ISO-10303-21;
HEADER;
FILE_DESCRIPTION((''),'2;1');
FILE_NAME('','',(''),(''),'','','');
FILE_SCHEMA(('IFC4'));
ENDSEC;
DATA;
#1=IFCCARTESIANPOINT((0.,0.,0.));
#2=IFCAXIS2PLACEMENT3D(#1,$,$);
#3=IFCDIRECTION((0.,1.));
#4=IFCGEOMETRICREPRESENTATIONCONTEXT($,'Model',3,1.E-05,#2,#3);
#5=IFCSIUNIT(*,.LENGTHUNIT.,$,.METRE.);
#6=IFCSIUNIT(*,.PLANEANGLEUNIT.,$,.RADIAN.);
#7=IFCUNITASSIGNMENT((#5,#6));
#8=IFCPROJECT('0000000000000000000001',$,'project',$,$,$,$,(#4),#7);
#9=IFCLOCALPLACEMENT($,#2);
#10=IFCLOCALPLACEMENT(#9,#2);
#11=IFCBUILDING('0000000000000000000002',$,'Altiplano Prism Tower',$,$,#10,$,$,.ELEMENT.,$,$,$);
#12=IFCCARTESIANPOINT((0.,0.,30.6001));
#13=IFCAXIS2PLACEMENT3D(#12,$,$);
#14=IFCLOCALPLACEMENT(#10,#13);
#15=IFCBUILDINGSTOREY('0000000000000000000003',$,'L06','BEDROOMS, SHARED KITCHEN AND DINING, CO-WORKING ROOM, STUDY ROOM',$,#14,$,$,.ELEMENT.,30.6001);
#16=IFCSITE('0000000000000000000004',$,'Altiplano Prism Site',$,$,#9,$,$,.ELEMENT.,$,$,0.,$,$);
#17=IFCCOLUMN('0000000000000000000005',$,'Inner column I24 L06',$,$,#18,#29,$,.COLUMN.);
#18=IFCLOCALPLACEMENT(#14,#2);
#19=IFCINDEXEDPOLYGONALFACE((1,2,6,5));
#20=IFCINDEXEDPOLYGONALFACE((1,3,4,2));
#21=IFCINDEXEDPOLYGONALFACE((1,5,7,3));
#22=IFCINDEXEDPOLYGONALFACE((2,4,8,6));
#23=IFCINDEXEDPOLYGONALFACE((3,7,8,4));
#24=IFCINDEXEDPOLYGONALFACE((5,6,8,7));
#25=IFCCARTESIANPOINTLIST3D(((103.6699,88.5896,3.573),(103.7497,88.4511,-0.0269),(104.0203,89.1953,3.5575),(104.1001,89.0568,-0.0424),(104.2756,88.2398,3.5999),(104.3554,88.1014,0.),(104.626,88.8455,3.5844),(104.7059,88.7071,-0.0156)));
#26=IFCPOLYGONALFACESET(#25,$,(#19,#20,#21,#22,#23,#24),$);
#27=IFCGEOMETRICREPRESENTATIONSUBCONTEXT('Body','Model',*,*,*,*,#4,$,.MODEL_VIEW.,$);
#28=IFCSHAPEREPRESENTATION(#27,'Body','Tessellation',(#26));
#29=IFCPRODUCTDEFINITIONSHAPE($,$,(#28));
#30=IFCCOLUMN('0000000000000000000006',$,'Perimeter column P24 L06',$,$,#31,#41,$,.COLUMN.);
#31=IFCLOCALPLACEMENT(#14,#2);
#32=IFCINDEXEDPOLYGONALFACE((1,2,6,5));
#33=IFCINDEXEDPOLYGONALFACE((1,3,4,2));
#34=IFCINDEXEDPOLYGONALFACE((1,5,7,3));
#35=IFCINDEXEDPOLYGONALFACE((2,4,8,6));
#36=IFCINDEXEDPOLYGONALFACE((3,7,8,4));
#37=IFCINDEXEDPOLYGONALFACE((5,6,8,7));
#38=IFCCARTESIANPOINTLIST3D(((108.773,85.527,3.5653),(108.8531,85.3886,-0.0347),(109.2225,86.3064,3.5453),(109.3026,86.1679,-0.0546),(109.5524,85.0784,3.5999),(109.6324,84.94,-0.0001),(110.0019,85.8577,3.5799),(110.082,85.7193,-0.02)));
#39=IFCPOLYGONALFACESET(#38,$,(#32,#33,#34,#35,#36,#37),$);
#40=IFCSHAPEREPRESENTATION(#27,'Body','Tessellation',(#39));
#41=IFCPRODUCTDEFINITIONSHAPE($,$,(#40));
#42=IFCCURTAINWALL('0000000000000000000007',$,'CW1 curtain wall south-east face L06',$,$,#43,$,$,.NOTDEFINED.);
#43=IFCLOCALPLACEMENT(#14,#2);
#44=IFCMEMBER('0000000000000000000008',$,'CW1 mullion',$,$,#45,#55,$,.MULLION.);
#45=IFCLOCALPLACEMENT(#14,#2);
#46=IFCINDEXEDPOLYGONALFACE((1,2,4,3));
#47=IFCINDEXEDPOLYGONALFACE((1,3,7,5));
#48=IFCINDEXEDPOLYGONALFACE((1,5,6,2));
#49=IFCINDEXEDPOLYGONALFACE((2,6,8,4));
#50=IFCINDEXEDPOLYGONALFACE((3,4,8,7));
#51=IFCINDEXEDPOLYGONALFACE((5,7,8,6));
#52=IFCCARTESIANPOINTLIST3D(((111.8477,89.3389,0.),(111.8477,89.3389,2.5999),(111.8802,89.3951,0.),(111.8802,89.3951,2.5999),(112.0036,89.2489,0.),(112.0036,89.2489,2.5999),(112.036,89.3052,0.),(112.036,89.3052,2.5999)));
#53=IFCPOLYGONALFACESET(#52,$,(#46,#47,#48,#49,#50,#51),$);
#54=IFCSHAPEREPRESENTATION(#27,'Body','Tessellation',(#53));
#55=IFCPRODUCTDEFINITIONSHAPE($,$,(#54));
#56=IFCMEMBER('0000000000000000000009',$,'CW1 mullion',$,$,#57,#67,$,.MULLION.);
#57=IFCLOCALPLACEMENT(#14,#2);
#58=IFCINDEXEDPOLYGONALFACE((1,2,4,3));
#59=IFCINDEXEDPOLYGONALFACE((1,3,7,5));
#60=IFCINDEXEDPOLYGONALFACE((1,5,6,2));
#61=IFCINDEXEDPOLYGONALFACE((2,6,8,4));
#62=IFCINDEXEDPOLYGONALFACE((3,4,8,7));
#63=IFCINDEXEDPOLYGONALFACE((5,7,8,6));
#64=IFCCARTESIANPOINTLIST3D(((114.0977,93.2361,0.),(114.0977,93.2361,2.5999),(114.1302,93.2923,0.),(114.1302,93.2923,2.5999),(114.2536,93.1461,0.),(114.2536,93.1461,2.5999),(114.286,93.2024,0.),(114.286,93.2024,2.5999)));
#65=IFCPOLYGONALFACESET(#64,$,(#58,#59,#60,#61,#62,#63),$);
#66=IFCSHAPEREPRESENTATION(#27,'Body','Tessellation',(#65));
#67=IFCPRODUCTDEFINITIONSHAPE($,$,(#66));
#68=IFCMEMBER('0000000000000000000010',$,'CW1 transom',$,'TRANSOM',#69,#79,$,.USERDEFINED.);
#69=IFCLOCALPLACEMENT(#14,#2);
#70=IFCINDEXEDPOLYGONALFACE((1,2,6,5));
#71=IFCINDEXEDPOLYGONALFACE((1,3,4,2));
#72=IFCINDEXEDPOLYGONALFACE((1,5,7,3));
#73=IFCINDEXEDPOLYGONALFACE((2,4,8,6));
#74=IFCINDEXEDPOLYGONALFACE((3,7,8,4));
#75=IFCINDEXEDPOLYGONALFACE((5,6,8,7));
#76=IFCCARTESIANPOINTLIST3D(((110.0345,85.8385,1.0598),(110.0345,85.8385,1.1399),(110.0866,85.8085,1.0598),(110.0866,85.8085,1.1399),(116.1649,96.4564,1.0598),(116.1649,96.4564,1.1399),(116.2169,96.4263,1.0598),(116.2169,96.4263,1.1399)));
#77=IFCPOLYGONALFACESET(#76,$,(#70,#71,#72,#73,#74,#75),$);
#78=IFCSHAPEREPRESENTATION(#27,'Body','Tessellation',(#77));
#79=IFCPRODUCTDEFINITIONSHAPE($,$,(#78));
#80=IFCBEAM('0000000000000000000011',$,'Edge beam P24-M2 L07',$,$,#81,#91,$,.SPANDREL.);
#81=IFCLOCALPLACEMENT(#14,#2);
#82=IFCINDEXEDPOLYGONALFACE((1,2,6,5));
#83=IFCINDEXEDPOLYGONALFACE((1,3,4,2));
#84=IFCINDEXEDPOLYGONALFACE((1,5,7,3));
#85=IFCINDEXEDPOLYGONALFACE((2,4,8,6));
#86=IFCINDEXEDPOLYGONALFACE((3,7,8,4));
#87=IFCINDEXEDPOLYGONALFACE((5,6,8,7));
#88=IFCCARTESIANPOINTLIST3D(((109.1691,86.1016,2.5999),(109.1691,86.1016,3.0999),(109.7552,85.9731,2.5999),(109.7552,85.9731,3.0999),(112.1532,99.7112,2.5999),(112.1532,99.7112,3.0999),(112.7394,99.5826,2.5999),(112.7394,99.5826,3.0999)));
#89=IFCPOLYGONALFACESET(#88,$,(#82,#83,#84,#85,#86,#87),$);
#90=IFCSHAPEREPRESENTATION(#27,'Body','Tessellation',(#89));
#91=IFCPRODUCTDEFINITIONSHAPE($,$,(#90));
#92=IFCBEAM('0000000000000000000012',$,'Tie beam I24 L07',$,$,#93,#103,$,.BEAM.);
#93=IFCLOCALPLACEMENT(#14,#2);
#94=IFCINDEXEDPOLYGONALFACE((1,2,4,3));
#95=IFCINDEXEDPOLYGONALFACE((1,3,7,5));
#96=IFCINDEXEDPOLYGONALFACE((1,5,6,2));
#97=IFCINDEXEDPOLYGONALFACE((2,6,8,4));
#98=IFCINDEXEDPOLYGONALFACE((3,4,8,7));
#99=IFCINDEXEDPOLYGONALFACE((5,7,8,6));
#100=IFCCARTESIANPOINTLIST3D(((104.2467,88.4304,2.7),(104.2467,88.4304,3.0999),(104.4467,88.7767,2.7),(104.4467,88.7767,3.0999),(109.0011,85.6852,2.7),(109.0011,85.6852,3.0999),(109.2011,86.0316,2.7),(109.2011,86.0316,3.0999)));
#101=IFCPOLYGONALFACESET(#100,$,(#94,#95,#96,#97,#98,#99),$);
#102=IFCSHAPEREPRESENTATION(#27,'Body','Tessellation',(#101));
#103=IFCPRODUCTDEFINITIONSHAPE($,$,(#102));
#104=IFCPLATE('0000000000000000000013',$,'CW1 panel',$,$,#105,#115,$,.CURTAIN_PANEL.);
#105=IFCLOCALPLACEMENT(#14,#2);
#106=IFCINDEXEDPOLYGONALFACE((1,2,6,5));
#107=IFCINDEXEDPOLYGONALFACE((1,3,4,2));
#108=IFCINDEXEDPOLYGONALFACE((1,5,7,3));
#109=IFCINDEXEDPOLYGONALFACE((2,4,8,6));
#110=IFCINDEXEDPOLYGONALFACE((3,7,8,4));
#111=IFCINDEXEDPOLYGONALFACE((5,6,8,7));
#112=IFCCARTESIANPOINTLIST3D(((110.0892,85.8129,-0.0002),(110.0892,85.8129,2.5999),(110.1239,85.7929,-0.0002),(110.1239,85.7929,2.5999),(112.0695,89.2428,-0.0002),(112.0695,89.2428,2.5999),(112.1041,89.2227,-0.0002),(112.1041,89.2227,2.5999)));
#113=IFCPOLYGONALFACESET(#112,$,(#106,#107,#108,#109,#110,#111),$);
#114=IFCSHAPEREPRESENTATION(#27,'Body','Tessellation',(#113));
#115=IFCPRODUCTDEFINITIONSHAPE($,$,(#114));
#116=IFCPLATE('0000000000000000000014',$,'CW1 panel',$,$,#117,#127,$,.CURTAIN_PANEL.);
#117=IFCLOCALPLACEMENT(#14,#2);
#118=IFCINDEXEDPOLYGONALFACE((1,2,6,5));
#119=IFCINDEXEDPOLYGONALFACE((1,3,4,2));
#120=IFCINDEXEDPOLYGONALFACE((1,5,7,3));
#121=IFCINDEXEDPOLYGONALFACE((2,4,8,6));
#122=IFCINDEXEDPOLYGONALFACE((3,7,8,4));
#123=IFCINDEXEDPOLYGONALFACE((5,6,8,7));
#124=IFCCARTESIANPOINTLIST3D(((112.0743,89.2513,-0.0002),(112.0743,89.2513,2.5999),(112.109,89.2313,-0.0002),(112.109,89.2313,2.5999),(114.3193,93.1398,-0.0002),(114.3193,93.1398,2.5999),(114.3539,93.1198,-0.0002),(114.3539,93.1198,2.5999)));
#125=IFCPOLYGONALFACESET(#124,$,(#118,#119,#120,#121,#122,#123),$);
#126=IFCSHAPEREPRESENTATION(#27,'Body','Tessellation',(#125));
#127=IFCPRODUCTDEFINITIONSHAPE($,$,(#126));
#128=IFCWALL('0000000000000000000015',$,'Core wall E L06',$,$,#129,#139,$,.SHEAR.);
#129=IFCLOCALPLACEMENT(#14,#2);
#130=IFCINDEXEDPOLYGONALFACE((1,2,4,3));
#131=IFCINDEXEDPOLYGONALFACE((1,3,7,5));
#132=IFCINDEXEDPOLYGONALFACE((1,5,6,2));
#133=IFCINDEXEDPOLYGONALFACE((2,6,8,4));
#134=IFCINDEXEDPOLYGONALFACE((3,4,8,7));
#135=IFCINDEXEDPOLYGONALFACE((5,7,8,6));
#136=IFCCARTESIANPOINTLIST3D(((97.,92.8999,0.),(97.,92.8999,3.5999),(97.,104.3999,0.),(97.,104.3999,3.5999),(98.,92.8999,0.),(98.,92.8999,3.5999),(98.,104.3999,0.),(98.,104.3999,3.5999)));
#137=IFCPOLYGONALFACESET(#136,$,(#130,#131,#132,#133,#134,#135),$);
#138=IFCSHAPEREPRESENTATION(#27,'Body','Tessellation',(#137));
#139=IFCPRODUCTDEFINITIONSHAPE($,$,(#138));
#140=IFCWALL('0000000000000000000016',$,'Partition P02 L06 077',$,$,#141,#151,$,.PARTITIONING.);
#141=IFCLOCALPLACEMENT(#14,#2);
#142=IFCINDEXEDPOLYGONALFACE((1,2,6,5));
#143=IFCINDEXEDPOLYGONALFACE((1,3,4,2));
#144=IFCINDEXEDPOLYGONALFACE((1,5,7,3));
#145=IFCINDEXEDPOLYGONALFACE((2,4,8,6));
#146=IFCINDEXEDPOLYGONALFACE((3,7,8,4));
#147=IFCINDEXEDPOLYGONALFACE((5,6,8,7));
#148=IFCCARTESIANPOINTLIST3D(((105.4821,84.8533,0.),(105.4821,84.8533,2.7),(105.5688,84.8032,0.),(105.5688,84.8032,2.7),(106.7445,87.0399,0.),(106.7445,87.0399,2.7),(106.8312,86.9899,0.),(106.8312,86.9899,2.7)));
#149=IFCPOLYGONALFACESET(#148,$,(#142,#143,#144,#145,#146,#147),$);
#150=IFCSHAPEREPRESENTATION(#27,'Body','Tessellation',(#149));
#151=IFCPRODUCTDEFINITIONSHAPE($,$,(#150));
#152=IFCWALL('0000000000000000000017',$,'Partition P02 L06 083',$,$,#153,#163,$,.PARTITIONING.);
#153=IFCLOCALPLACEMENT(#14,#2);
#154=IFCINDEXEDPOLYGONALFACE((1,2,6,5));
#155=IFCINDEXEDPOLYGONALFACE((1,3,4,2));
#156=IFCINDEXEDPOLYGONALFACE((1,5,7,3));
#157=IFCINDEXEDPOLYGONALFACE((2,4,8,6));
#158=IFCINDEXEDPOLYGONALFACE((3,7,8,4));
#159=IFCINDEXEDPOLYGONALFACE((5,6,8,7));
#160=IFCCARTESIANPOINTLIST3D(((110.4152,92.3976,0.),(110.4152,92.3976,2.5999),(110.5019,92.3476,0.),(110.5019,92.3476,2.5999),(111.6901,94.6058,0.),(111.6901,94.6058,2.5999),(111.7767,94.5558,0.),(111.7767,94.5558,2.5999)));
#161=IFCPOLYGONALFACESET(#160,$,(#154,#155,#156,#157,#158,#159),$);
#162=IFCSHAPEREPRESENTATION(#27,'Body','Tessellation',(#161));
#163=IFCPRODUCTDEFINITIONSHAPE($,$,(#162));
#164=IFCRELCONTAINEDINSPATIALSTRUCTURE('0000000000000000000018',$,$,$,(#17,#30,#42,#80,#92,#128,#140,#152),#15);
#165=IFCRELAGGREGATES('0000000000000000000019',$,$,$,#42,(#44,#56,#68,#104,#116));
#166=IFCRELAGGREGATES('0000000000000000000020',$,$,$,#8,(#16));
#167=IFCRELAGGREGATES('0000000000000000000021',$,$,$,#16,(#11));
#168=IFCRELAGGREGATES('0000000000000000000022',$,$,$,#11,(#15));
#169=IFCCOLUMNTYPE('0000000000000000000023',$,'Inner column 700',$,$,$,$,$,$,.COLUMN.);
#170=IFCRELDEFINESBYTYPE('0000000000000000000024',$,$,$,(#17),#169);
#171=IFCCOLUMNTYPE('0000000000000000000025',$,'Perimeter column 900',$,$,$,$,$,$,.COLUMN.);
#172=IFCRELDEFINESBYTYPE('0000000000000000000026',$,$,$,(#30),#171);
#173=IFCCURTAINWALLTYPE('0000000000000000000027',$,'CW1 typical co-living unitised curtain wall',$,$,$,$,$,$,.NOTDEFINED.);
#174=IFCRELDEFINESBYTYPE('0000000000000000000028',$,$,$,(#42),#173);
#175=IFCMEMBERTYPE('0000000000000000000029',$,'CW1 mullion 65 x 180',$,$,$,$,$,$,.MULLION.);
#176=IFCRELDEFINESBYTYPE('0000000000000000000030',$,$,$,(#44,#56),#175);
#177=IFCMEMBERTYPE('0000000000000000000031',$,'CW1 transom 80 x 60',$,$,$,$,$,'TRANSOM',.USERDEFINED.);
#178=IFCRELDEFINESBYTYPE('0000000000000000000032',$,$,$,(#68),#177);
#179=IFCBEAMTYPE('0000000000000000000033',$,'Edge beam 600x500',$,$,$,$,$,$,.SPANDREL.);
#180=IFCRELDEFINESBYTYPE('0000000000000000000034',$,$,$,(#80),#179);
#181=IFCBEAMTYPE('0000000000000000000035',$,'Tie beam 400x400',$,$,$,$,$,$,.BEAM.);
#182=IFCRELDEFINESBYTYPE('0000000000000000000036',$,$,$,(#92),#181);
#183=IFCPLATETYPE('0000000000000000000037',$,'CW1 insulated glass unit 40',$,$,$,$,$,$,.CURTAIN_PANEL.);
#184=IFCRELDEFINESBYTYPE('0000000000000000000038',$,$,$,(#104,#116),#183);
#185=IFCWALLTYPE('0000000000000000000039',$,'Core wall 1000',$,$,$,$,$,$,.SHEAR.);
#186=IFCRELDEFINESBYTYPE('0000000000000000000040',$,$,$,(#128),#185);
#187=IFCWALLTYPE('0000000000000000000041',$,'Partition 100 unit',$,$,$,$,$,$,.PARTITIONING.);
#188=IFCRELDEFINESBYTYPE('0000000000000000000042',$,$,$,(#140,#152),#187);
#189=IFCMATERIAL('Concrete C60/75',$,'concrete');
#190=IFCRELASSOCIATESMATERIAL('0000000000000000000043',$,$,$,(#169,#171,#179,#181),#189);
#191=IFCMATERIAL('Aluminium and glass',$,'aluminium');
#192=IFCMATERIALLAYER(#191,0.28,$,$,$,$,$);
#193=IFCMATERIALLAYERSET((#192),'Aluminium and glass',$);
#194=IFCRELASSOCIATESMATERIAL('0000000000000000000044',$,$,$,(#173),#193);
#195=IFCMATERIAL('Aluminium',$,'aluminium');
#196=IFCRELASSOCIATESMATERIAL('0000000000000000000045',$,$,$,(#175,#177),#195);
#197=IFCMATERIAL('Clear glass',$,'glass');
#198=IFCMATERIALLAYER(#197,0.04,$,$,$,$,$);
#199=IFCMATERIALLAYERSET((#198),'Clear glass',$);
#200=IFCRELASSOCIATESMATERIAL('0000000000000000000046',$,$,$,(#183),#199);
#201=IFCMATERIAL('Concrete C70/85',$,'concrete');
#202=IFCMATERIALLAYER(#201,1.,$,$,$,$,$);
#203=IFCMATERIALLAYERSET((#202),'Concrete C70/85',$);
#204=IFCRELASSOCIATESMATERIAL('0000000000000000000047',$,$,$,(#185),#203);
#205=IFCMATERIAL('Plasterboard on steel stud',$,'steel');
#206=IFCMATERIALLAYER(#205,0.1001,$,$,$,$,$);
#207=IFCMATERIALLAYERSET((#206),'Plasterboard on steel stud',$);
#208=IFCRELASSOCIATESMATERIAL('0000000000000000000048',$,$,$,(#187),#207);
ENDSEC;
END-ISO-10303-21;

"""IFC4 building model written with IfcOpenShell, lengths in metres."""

from ifc_helpers import new_model, si_unit, direction, frame, frame_2d, origin, origin_2d, place, context, subcontext, project, spatial, rectangle, extrude, material, layer, layer_set, material_profile, profile_set, type_object, element, aggregate, save


model = new_model("IFC4")

# Units and contexts
model_context = context("Model", 3, precision=1e-05, world=origin(), true_north=direction((0.0, 1.0)))
body_context = subcontext(model_context, "Body", "Model", "MODEL_VIEW")
ifc_project = project(units=[si_unit("LENGTHUNIT", "METRE"), si_unit("PLANEANGLEUNIT", "RADIAN")], contexts=[model_context])

# Site, building, storey
site_placement = place(None, origin())
site = spatial("IfcSite", under=ifc_project, at=site_placement, Name="Altiplano Prism Site", CompositionType="ELEMENT", RefElevation=0.0)
building_placement = place(site_placement, origin())
building = spatial("IfcBuilding", under=site, at=building_placement, Name="Altiplano Prism Tower", CompositionType="ELEMENT")
storey_placement = place(building_placement, frame((0.0, 0.0, 30.6001)))
storey = spatial("IfcBuildingStorey", under=building, at=storey_placement, Name="L06", Description="BEDROOMS, SHARED KITCHEN AND DINING, CO-WORKING ROOM, STUDY ROOM", CompositionType="ELEMENT", Elevation=30.6001)

# Columns
ifc_material_1 = material(Name="Concrete C60/75", Category="concrete")
ifc_material_profile_1 = material_profile(ifc_material_1, rectangle(XDim=0.7, YDim=0.7, at=origin_2d()), Name="Inner column 700")
ifc_profile_set_1 = profile_set([ifc_material_profile_1], Name="Concrete C60/75")
column_type_1 = type_object("IfcColumnType", Name="Inner column 700", PredefinedType="COLUMN", material=ifc_profile_set_1)
column_1_placement = place(storey_placement, frame((104.2278, 88.5791, -0.0212), z_axis=(-0.022155, 0.038416, 0.999016), x_axis=(-0.500657, -0.865361, 0.022173)))
element("IfcColumn", 1, at=column_1_placement, inside=storey, type_object=column_type_1, Name="Inner column I24 L06", PredefinedType="COLUMN", context=body_context, shape_type="SweptSolid", body=[
    extrude(rectangle(XDim=0.7, YDim=0.7, at=origin_2d()), origin(), (0.0, 0.0, 1.0), 3.6035),
])
ifc_material_profile_2 = material_profile(ifc_material_1, rectangle(XDim=0.8999, YDim=0.8999, at=origin_2d()), Name="Perimeter column 900")
ifc_profile_set_2 = profile_set([ifc_material_profile_2], Name="Concrete C60/75")
column_type_2 = type_object("IfcColumnType", Name="Perimeter column 900", PredefinedType="COLUMN", material=ifc_profile_set_2)
column_2_placement = place(storey_placement, frame((109.4675, 85.554, -0.0273), z_axis=(-0.022223, 0.038416, 0.999015), x_axis=(-0.499513, -0.866022, 0.02219)))
element("IfcColumn", 2, at=column_2_placement, inside=storey, type_object=column_type_2, Name="Perimeter column P24 L06", PredefinedType="COLUMN", context=body_context, shape_type="SweptSolid", body=[
    extrude(rectangle(XDim=0.8999, YDim=0.8999, at=origin_2d()), origin(), (0.0, 0.0, 1.0), 3.6035),
])

# Curtain wall, members
ifc_material_2 = material(Name="Aluminium and glass", Category="aluminium")
ifc_layer_1 = layer(ifc_material_2, 0.28)
ifc_layer_set_1 = layer_set([ifc_layer_1], Name="Aluminium and glass")
curtain_wall_type = type_object("IfcCurtainWallType", Name="CW1 typical co-living unitised curtain wall", PredefinedType="NOTDEFINED", material=ifc_layer_set_1)
curtain_wall_placement = place(storey_placement, origin())
curtain_wall = element("IfcCurtainWall", 3, at=curtain_wall_placement, inside=storey, type_object=curtain_wall_type, Name="CW1 curtain wall south-east face L06", PredefinedType="NOTDEFINED")
ifc_material_3 = material(Name="Aluminium", Category="aluminium")
ifc_material_profile_3 = material_profile(ifc_material_3, rectangle(XDim=0.1799, YDim=0.0649, at=origin_2d()), Name="CW1 mullion 65 x 180")
ifc_profile_set_3 = profile_set([ifc_material_profile_3], Name="Aluminium")
member_type_1 = type_object("IfcMemberType", Name="CW1 mullion 65 x 180", PredefinedType="MULLION", material=ifc_profile_set_3)
member_1_placement = place(storey_placement, frame((111.9419, 89.322, 0.0), z_axis=(0.0, 0.0, 1.0), x_axis=(-0.866025, 0.5, 0.0)))
member_1 = element("IfcMember", 4, at=member_1_placement, type_object=member_type_1, Name="CW1 mullion", PredefinedType="MULLION", context=body_context, shape_type="SweptSolid", body=[
    extrude(rectangle(XDim=0.1799, YDim=0.0649, at=origin_2d()), origin(), (0.0, 0.0, 1.0), 2.5999),
])
member_2_placement = place(storey_placement, frame((114.1919, 93.2192, 0.0), z_axis=(0.0, 0.0, 1.0), x_axis=(-0.866025, 0.5, 0.0)))
member_2 = element("IfcMember", 5, at=member_2_placement, type_object=member_type_1, Name="CW1 mullion", PredefinedType="MULLION", context=body_context, shape_type="SweptSolid", body=[
    extrude(rectangle(XDim=0.1799, YDim=0.0649, at=origin_2d()), origin(), (0.0, 0.0, 1.0), 2.5999),
])
ifc_material_profile_4 = material_profile(ifc_material_3, rectangle(XDim=0.0601, YDim=0.0801, at=origin_2d()), Name="CW1 transom 80 x 60")
ifc_profile_set_4 = profile_set([ifc_material_profile_4], Name="Aluminium")
member_type_2 = type_object("IfcMemberType", Name="CW1 transom 80 x 60", ElementType="TRANSOM", PredefinedType="USERDEFINED", material=ifc_profile_set_4)
member_3_placement = place(storey_placement, frame((110.0605, 85.8235, 1.0999), z_axis=(0.500007, 0.866021, 0.0), x_axis=(-0.866021, 0.500007, 0.0)))
member_3 = element("IfcMember", 6, at=member_3_placement, type_object=member_type_2, Name="CW1 transom", ObjectType="TRANSOM", PredefinedType="USERDEFINED", context=body_context, shape_type="SweptSolid", body=[
    extrude(rectangle(XDim=0.0601, YDim=0.0801, at=origin_2d()), origin(), (0.0, 0.0, 1.0), 12.2605),
])

# Beams
ifc_material_profile_5 = material_profile(ifc_material_1, rectangle(XDim=0.6001, YDim=0.5, at=origin_2d()), Name="Edge beam 600x500")
ifc_profile_set_5 = profile_set([ifc_material_profile_5], Name="Concrete C60/75")
beam_type_1 = type_object("IfcBeamType", Name="Edge beam 600x500", PredefinedType="SPANDREL", material=ifc_profile_set_5)
beam_1_placement = place(storey_placement, frame((109.4622, 86.0374, 2.8499), z_axis=(0.214178, 0.976795, 0.0), x_axis=(-0.976795, 0.214178, 0.0)))
element("IfcBeam", 7, at=beam_1_placement, inside=storey, type_object=beam_type_1, Name="Edge beam P24-M2 L07", PredefinedType="SPANDREL", context=body_context, shape_type="SweptSolid", body=[
    extrude(rectangle(XDim=0.6001, YDim=0.5, at=origin_2d()), origin(), (0.0, 0.0, 1.0), 13.9329),
])
ifc_material_profile_6 = material_profile(ifc_material_1, rectangle(XDim=0.3999, YDim=0.3999, at=origin_2d()), Name="Tie beam 400x400")
ifc_profile_set_6 = profile_set([ifc_material_profile_6], Name="Concrete C60/75")
beam_type_2 = type_object("IfcBeamType", Name="Tie beam 400x400", PredefinedType="BEAM", material=ifc_profile_set_6)
beam_2_placement = place(storey_placement, frame((104.3467, 88.6035, 2.8999), z_axis=(0.866012, -0.500023, 0.0), x_axis=(0.500023, 0.866012, 0.0)))
element("IfcBeam", 8, at=beam_2_placement, inside=storey, type_object=beam_type_2, Name="Tie beam I24 L07", PredefinedType="BEAM", context=body_context, shape_type="SweptSolid", body=[
    extrude(rectangle(XDim=0.3999, YDim=0.3999, at=origin_2d()), origin(), (0.0, 0.0, 1.0), 5.49),
])

# Plates
ifc_material_4 = material(Name="Clear glass", Category="glass")
ifc_layer_2 = layer(ifc_material_4, 0.04)
ifc_layer_set_2 = layer_set([ifc_layer_2], Name="Clear glass")
plate_type = type_object("IfcPlateType", Name="CW1 insulated glass unit 40", PredefinedType="CURTAIN_PANEL", material=ifc_layer_set_2)
plate_1_placement = place(storey_placement, frame((111.0967, 87.5178, -0.0002), z_axis=(0.0, 0.0, 1.0), x_axis=(0.5, 0.866025, 0.0)))
plate_1 = element("IfcPlate", 9, at=plate_1_placement, type_object=plate_type, Name="CW1 panel", PredefinedType="CURTAIN_PANEL", context=body_context, shape_type="SweptSolid", body=[
    extrude(rectangle(XDim=3.9604, YDim=0.04, at=origin_2d()), origin(), (0.0, 0.0, 1.0), 2.6001),
])
plate_2_placement = place(storey_placement, frame((113.2141, 91.1855, -0.0002), z_axis=(0.0, 0.0, 1.0), x_axis=(0.5, 0.866025, 0.0)))
plate_2 = element("IfcPlate", 10, at=plate_2_placement, type_object=plate_type, Name="CW1 panel", PredefinedType="CURTAIN_PANEL", context=body_context, shape_type="SweptSolid", body=[
    extrude(rectangle(XDim=4.49, YDim=0.04, at=origin_2d()), origin(), (0.0, 0.0, 1.0), 2.6001),
])
aggregate(curtain_wall, [member_1, member_2, member_3, plate_1, plate_2])

# Walls
ifc_material_5 = material(Name="Concrete C70/85", Category="concrete")
ifc_layer_3 = layer(ifc_material_5, 1.0)
ifc_layer_set_3 = layer_set([ifc_layer_3], Name="Concrete C70/85")
wall_type_1 = type_object("IfcWallType", Name="Core wall 1000", PredefinedType="SHEAR", material=ifc_layer_set_3)
wall_1_placement = place(storey_placement, frame((97.5, 92.8999, 0.0), z_axis=(0.0, 0.0, 1.0), x_axis=(0.0, 1.0, 0.0)))
element("IfcWall", 11, at=wall_1_placement, inside=storey, type_object=wall_type_1, Name="Core wall E L06", PredefinedType="SHEAR", context=body_context, shape_type="SweptSolid", body=[
    extrude(rectangle(XDim=11.5, YDim=1.0, at=frame_2d((5.75, 0.0))), origin(), (0.0, 0.0, 1.0), 3.5999),
])
ifc_material_6 = material(Name="Plasterboard on steel stud", Category="steel")
ifc_layer_4 = layer(ifc_material_6, 0.1001)
ifc_layer_set_4 = layer_set([ifc_layer_4], Name="Plasterboard on steel stud")
wall_type_2 = type_object("IfcWallType", Name="Partition 100 unit", PredefinedType="PARTITIONING", material=ifc_layer_set_4)
wall_2_placement = place(storey_placement, frame((106.7878, 87.0149, 0.0), z_axis=(0.0, 0.0, 1.0), x_axis=(-0.499976, -0.866039, 0.0)))
element("IfcWall", 12, at=wall_2_placement, inside=storey, type_object=wall_type_2, Name="Partition P02 L06 077", PredefinedType="PARTITIONING", context=body_context, shape_type="SweptSolid", body=[
    extrude(rectangle(XDim=2.5249, YDim=0.1001, at=frame_2d((1.2625, 0.0))), origin(), (0.0, 0.0, 1.0), 2.7),
])
wall_3_placement = place(storey_placement, frame((111.7334, 94.5808, 0.0), z_axis=(0.0, 0.0, 1.0), x_axis=(-0.49999, -0.866031, 0.0)))
element("IfcWall", 13, at=wall_3_placement, inside=storey, type_object=wall_type_2, Name="Partition P02 L06 083", PredefinedType="PARTITIONING", context=body_context, shape_type="SweptSolid", body=[
    extrude(rectangle(XDim=2.5498, YDim=0.1001, at=frame_2d((1.2749, 0.0))), origin(), (0.0, 0.0, 1.0), 2.5999),
])

save(model, "model.ifc")
